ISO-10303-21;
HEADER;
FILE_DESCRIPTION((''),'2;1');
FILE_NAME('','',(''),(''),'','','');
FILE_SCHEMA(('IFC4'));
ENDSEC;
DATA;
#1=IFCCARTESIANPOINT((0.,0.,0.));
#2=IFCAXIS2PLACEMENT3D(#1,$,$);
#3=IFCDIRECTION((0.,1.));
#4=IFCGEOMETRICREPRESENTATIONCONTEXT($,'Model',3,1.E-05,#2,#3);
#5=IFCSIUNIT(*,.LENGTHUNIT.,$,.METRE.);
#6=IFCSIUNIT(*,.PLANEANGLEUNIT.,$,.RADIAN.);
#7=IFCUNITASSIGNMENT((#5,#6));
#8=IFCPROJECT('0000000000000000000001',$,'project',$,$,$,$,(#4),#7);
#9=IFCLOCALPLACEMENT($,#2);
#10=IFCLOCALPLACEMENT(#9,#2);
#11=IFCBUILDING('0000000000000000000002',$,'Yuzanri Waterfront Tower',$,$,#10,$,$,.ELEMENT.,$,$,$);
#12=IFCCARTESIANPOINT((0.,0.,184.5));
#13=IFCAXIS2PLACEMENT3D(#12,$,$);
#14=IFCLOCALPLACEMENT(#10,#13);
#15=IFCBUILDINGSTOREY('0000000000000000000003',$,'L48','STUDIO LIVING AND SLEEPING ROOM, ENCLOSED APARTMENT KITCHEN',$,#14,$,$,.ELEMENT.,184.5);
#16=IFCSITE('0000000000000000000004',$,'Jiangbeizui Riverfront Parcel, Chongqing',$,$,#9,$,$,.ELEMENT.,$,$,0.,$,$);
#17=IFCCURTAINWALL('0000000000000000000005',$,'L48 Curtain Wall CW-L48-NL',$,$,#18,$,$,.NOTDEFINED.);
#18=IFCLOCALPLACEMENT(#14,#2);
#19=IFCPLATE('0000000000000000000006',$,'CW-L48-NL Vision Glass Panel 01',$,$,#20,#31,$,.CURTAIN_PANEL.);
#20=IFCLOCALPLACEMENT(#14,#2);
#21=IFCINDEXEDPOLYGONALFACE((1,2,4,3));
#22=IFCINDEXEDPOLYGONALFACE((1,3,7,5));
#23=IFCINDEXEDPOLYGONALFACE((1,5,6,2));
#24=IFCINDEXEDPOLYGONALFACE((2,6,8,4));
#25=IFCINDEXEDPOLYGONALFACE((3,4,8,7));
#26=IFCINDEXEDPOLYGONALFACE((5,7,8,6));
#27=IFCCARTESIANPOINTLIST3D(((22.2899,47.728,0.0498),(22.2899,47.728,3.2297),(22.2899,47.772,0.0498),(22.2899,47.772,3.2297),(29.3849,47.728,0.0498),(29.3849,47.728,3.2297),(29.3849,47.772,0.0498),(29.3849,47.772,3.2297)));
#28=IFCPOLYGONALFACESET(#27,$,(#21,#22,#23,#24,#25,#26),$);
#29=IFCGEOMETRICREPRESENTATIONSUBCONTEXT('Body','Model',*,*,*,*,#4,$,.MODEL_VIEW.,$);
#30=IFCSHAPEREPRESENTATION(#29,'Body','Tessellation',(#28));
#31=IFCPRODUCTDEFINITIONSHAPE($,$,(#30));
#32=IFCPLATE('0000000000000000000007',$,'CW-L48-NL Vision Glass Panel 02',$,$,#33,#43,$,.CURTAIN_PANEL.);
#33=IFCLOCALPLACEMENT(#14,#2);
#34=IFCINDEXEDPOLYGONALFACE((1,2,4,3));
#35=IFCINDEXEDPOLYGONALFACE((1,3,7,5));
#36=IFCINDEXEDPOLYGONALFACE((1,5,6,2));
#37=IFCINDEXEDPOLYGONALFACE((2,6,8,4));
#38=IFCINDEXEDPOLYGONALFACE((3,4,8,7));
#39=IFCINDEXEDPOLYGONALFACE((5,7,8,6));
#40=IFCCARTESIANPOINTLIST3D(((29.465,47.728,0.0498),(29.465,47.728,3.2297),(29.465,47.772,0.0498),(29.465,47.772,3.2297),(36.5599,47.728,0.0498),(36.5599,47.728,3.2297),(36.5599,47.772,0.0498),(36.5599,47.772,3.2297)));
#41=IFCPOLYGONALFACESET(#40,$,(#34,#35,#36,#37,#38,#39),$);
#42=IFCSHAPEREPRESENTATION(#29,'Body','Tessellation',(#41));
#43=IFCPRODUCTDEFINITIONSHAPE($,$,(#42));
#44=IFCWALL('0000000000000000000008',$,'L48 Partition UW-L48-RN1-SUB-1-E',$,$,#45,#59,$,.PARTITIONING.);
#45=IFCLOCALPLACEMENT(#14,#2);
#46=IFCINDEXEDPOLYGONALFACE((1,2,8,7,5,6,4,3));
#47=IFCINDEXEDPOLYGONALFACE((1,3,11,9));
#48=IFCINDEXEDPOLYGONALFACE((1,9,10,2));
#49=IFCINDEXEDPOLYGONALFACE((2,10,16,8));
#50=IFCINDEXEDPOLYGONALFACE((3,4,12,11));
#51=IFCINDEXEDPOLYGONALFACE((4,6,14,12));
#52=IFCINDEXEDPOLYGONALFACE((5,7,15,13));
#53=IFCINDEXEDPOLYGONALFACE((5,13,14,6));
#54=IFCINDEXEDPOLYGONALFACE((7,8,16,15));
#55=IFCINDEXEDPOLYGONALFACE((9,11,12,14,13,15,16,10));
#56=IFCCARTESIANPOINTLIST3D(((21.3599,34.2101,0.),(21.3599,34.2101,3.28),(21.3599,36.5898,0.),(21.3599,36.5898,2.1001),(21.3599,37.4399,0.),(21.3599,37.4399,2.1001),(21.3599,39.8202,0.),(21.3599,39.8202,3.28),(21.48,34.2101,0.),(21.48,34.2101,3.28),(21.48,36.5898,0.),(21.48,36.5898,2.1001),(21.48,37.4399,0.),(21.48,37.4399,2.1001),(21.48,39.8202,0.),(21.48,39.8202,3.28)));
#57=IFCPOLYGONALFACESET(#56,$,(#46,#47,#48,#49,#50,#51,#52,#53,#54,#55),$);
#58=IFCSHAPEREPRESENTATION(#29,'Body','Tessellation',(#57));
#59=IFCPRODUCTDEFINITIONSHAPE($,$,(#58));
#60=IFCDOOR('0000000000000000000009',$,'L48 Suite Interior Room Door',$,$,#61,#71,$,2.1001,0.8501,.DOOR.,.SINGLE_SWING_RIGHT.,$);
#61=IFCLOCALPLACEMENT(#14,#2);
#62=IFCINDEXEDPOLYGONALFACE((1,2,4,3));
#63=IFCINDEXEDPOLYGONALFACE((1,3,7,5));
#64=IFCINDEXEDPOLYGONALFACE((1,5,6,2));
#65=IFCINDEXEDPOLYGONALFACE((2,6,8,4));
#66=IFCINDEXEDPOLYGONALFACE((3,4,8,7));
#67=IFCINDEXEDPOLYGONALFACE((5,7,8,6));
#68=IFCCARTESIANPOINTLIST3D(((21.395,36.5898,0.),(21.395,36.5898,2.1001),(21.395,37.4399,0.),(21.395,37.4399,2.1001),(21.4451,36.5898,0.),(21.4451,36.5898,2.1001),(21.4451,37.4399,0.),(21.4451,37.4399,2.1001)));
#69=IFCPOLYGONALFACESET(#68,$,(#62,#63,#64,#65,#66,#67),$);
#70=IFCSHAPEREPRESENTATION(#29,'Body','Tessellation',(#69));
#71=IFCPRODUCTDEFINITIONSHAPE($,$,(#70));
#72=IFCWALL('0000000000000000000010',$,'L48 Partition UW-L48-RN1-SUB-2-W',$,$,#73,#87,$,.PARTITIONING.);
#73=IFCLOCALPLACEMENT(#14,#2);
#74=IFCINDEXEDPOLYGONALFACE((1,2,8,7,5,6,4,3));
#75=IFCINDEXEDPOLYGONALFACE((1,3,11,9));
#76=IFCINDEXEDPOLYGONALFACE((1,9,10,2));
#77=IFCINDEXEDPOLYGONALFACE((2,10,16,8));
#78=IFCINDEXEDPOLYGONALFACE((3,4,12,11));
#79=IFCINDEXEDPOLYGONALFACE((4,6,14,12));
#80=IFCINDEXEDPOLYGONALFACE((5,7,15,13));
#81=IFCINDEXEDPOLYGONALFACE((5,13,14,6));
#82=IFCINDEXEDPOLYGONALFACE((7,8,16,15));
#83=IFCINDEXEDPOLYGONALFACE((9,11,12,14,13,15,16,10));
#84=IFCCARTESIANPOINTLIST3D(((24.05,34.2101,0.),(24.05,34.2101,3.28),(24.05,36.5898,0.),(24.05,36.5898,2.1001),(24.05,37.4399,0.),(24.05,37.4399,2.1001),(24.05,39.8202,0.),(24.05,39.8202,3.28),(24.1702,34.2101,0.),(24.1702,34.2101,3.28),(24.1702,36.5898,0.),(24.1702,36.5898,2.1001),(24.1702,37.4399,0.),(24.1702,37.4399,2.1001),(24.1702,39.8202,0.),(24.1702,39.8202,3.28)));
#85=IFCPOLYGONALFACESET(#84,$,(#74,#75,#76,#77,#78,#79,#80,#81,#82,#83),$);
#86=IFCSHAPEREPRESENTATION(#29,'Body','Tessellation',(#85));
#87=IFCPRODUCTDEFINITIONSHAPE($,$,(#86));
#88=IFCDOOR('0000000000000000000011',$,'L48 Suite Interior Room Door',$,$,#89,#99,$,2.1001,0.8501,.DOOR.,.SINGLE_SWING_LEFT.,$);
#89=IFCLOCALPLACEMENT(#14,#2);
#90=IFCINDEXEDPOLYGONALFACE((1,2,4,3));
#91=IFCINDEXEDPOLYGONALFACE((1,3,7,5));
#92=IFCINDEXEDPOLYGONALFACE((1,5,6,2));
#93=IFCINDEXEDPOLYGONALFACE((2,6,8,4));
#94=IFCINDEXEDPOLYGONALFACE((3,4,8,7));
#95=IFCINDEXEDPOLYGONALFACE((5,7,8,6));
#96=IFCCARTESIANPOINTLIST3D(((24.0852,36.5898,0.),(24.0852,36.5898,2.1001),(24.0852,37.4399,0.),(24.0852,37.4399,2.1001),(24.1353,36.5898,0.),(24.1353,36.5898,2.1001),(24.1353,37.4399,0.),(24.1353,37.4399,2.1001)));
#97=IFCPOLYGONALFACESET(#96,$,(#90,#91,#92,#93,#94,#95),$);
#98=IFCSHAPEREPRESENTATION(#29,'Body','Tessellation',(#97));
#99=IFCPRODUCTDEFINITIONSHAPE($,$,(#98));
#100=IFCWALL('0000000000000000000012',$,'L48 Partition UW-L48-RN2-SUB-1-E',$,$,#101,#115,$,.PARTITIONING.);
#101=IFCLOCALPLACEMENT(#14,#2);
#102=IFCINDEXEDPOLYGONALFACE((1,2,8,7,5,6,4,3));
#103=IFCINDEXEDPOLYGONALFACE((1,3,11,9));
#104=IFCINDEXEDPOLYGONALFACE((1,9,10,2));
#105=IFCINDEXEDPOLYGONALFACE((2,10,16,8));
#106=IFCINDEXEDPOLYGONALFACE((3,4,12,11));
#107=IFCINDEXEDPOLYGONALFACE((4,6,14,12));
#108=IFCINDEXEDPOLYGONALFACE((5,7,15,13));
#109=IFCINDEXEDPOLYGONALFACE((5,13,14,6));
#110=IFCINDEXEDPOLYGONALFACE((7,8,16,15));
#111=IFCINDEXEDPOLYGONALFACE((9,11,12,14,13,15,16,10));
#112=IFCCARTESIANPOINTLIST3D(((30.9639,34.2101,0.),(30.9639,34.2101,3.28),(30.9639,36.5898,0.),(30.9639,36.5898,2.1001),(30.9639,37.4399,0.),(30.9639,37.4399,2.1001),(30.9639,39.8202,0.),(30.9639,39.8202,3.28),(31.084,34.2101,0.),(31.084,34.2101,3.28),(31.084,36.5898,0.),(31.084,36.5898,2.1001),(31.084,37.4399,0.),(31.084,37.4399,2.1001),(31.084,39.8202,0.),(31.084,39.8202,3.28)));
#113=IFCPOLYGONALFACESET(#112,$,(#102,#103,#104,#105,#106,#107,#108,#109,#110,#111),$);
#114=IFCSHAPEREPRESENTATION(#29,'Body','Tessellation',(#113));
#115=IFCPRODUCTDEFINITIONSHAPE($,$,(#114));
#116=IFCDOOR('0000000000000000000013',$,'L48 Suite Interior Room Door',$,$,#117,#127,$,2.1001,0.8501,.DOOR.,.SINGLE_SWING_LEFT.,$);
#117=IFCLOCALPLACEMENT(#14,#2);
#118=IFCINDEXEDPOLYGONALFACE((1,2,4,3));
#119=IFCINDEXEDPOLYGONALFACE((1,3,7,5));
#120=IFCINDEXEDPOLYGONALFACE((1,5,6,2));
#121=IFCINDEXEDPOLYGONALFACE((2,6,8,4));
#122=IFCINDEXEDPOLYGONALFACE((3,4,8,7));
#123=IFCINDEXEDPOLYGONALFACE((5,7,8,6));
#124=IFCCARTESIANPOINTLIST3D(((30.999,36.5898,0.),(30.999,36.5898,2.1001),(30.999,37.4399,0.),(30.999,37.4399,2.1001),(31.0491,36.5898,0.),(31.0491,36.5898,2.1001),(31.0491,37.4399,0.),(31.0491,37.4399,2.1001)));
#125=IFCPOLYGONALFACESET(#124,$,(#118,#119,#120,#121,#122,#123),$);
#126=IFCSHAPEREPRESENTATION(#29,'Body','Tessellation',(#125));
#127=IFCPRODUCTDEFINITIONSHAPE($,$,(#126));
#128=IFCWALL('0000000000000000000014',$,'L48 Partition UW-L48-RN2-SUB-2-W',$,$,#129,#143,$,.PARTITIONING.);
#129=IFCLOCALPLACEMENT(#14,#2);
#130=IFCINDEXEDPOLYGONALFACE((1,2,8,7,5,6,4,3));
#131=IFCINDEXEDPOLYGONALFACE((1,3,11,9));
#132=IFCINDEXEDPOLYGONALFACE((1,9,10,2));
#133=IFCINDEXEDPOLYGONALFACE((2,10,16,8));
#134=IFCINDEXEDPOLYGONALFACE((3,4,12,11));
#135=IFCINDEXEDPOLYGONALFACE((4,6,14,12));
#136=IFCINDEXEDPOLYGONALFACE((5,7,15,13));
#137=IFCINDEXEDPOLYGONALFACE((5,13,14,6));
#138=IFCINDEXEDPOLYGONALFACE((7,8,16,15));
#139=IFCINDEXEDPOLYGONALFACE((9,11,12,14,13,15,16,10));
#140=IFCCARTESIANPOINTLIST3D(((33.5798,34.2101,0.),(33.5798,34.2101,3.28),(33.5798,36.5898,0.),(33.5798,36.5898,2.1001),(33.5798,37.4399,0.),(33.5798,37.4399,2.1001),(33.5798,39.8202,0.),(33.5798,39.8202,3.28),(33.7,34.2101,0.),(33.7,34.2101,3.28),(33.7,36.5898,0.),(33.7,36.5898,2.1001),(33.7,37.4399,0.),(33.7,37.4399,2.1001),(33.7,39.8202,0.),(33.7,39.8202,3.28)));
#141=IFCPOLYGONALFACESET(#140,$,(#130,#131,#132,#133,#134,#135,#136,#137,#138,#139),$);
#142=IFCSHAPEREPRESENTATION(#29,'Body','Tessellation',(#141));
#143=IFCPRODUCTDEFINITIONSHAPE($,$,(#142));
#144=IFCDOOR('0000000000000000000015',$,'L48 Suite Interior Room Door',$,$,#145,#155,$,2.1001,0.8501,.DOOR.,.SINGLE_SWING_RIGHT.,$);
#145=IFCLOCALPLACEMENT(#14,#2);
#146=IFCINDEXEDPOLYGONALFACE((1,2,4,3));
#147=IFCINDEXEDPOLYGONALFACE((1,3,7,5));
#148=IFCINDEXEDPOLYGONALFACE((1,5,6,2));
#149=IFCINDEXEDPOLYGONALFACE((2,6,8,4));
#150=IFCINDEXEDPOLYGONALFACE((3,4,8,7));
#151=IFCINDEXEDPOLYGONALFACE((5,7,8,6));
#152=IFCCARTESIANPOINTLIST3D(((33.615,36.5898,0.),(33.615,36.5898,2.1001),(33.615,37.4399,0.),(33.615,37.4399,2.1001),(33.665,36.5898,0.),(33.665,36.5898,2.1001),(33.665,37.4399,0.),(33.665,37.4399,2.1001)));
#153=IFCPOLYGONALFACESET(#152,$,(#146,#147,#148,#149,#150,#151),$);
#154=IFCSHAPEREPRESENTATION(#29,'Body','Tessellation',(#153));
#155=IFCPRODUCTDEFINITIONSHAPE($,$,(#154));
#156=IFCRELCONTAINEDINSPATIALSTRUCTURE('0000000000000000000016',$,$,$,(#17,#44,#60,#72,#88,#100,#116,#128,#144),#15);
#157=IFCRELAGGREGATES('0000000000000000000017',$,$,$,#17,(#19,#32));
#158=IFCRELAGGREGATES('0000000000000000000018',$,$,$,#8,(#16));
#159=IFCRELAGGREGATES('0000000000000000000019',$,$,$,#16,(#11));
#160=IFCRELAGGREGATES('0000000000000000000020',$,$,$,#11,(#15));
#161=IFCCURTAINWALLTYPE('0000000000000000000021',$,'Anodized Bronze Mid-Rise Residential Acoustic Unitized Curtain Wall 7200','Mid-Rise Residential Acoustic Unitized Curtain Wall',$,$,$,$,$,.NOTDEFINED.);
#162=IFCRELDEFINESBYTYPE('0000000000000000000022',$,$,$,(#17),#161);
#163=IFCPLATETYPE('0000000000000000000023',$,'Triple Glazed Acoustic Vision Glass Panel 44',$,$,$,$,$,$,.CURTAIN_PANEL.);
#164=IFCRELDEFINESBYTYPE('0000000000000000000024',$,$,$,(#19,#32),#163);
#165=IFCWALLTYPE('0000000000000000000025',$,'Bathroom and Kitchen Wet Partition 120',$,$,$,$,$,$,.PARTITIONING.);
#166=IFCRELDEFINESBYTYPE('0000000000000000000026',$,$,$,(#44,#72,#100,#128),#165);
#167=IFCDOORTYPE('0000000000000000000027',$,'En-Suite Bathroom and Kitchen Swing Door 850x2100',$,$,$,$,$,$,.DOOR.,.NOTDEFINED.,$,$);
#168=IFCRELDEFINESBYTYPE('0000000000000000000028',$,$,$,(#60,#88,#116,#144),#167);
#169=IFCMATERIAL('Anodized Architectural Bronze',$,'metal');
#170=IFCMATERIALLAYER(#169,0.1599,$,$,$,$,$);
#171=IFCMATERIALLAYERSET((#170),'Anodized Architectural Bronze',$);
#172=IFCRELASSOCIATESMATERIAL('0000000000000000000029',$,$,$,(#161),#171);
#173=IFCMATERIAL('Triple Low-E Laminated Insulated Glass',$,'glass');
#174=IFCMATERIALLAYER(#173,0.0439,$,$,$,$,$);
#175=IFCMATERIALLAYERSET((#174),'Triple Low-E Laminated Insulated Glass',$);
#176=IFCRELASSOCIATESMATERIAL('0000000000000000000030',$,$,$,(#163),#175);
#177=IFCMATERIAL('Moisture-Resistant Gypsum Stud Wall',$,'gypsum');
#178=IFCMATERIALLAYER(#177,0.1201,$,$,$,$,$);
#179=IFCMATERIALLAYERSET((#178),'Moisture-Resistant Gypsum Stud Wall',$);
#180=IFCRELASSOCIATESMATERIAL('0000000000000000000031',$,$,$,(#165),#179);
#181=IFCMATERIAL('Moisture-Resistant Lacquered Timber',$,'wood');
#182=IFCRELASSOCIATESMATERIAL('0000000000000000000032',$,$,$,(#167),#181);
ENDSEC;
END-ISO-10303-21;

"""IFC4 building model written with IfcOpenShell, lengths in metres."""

from ifc_helpers import new_model, si_unit, direction, frame, frame_2d, origin, origin_2d, place, context, subcontext, project, spatial, rectangle, extrude, source, transform, mapped, material, layer, layer_set, type_object, element, fill, aggregate, save


model = new_model("IFC4")

# Units and contexts
model_context = context("Model", 3, precision=1e-05, world=origin(), true_north=direction((0.0, 1.0)))
body_context = subcontext(model_context, "Body", "Model", "MODEL_VIEW")
ifc_project = project(units=[si_unit("LENGTHUNIT", "METRE"), si_unit("PLANEANGLEUNIT", "RADIAN")], contexts=[model_context])

# Site, building, storey
site_placement = place(None, origin())
site = spatial("IfcSite", under=ifc_project, at=site_placement, Name="Jiangbeizui Riverfront Parcel, Chongqing", CompositionType="ELEMENT", RefElevation=0.0)
building_placement = place(site_placement, origin())
building = spatial("IfcBuilding", under=site, at=building_placement, Name="Yuzanri Waterfront Tower", CompositionType="ELEMENT")
storey_placement = place(building_placement, frame((0.0, 0.0, 184.5)))
storey = spatial("IfcBuildingStorey", under=building, at=storey_placement, Name="L48", Description="STUDIO LIVING AND SLEEPING ROOM, ENCLOSED APARTMENT KITCHEN", CompositionType="ELEMENT", Elevation=184.5)

# Curtain wall, plates
ifc_material_1 = material(Name="Anodized Architectural Bronze", Category="metal")
ifc_layer_1 = layer(ifc_material_1, 0.1599)
ifc_layer_set_1 = layer_set([ifc_layer_1], Name="Anodized Architectural Bronze")
curtain_wall_type = type_object("IfcCurtainWallType", Name="Anodized Bronze Mid-Rise Residential Acoustic Unitized Curtain Wall 7200", Description="Mid-Rise Residential Acoustic Unitized Curtain Wall", PredefinedType="NOTDEFINED", material=ifc_layer_set_1)
curtain_wall_placement = place(storey_placement, origin())
curtain_wall = element("IfcCurtainWall", 1, at=curtain_wall_placement, inside=storey, type_object=curtain_wall_type, Name="L48 Curtain Wall CW-L48-NL", PredefinedType="NOTDEFINED")
ifc_material_2 = material(Name="Triple Low-E Laminated Insulated Glass", Category="glass")
ifc_layer_2 = layer(ifc_material_2, 0.0439)
ifc_layer_set_2 = layer_set([ifc_layer_2], Name="Triple Low-E Laminated Insulated Glass")
plate_type = type_object("IfcPlateType", Name="Triple Glazed Acoustic Vision Glass Panel 44", PredefinedType="CURTAIN_PANEL", material=ifc_layer_set_2)
shared_shape_1 = source(origin(), body_context, "Body", "SweptSolid", [
    extrude(rectangle(XDim=7.095, YDim=0.0439, at=origin_2d()), origin(), (0.0, 0.0, 1.0), 3.1799),
])
plate_1_placement = place(storey_placement, frame((25.8374, 47.75, 0.0498), z_axis=(0.0, 0.0, 1.0), x_axis=(1.0, 0.0, 0.0)))
plate_1 = element("IfcPlate", 2, at=plate_1_placement, type_object=plate_type, Name="CW-L48-NL Vision Glass Panel 01", PredefinedType="CURTAIN_PANEL", context=body_context, shape_type="MappedRepresentation", body=[
    mapped(shared_shape_1, transform((0.0, 0.0, 0.0), scale=1.0)),
])
plate_2_placement = place(storey_placement, frame((33.0125, 47.75, 0.0498), z_axis=(0.0, 0.0, 1.0), x_axis=(1.0, 0.0, 0.0)))
plate_2 = element("IfcPlate", 3, at=plate_2_placement, type_object=plate_type, Name="CW-L48-NL Vision Glass Panel 02", PredefinedType="CURTAIN_PANEL", context=body_context, shape_type="MappedRepresentation", body=[
    mapped(shared_shape_1, transform((0.0, 0.0, 0.0), scale=1.0)),
])
aggregate(curtain_wall, [plate_1, plate_2])

# Walls, openings, doors
ifc_material_3 = material(Name="Moisture-Resistant Gypsum Stud Wall", Category="gypsum")
ifc_layer_3 = layer(ifc_material_3, 0.1201)
ifc_layer_set_3 = layer_set([ifc_layer_3], Name="Moisture-Resistant Gypsum Stud Wall")
wall_type_1 = type_object("IfcWallType", Name="Bathroom and Kitchen Wet Partition 120", PredefinedType="PARTITIONING", material=ifc_layer_set_3)
wall_1_placement = place(storey_placement, frame((21.4199, 34.21, 0.0), z_axis=(0.0, 0.0, 1.0), x_axis=(0.0, 1.0, 0.0)))
wall_1 = element("IfcWall", 4, at=wall_1_placement, inside=storey, type_object=wall_type_1, Name="L48 Partition UW-L48-RN1-SUB-1-E", PredefinedType="PARTITIONING", context=body_context, shape_type="SweptSolid", body=[
    extrude(rectangle(XDim=5.6101, YDim=0.1201, at=frame_2d((2.8052, 0.0))), origin(), (0.0, 0.0, 1.0), 3.28),
])
opening_1_placement = place(wall_1_placement, frame((2.3799, 0.0, 0.0)))
opening_1 = element("IfcOpeningElement", 5, at=opening_1_placement, cuts=wall_1, PredefinedType="OPENING", context=body_context, shape_type="SweptSolid", body=[
    extrude(rectangle(XDim=0.8501, YDim=2.1001, at=frame_2d((0.425, 1.05))), frame((0.0, 0.075, 0.0), z_axis=(0.0, -1.0, 0.0), x_axis=(1.0, 0.0, 0.0)), (0.0, 0.0, 1.0), 0.1499),
])
ifc_material_4 = material(Name="Moisture-Resistant Lacquered Timber", Category="wood")
door_type_1 = type_object("IfcDoorType", Name="En-Suite Bathroom and Kitchen Swing Door 850x2100", OperationType="NOTDEFINED", PredefinedType="DOOR", material=ifc_material_4)
shared_shape_2 = source(origin(), body_context, "Body", "SweptSolid", [
    extrude(rectangle(XDim=0.8501, YDim=2.1001, at=frame_2d((0.425, 1.05))), frame((0.0, 0.0249, 0.0), z_axis=(0.0, -1.0, 0.0), x_axis=(1.0, 0.0, 0.0)), (0.0, 0.0, 1.0), 0.05),
])
door_1_placement = place(opening_1_placement, origin())
door_1 = element("IfcDoor", 6, at=door_1_placement, inside=storey, type_object=door_type_1, Name="L48 Suite Interior Room Door", OperationType="SINGLE_SWING_RIGHT", OverallHeight=2.1001, OverallWidth=0.8501, PredefinedType="DOOR", context=body_context, shape_type="MappedRepresentation", body=[
    mapped(shared_shape_2, transform((0.0, 0.0, 0.0), scale=1.0)),
])
fill(opening_1, door_1)
wall_2_placement = place(storey_placement, frame((24.1101, 34.21, 0.0), z_axis=(0.0, 0.0, 1.0), x_axis=(0.0, 1.0, 0.0)))
wall_2 = element("IfcWall", 7, at=wall_2_placement, inside=storey, type_object=wall_type_1, Name="L48 Partition UW-L48-RN1-SUB-2-W", PredefinedType="PARTITIONING", context=body_context, shape_type="SweptSolid", body=[
    extrude(rectangle(XDim=5.6101, YDim=0.1201, at=frame_2d((2.8052, 0.0))), origin(), (0.0, 0.0, 1.0), 3.28),
])
opening_2_placement = place(wall_2_placement, frame((2.3799, 0.0, 0.0)))
opening_2 = element("IfcOpeningElement", 8, at=opening_2_placement, cuts=wall_2, PredefinedType="OPENING", context=body_context, shape_type="SweptSolid", body=[
    extrude(rectangle(XDim=0.8501, YDim=2.1001, at=frame_2d((0.425, 1.05))), frame((0.0, 0.075, 0.0), z_axis=(0.0, -1.0, 0.0), x_axis=(1.0, 0.0, 0.0)), (0.0, 0.0, 1.0), 0.1499),
])
door_2_placement = place(opening_2_placement, origin())
door_2 = element("IfcDoor", 9, at=door_2_placement, inside=storey, type_object=door_type_1, Name="L48 Suite Interior Room Door", OperationType="SINGLE_SWING_LEFT", OverallHeight=2.1001, OverallWidth=0.8501, PredefinedType="DOOR", context=body_context, shape_type="MappedRepresentation", body=[
    mapped(shared_shape_2, transform((0.0, 0.0, 0.0), scale=1.0)),
])
fill(opening_2, door_2)
wall_3_placement = place(storey_placement, frame((31.0239, 34.21, 0.0), z_axis=(0.0, 0.0, 1.0), x_axis=(0.0, 1.0, 0.0)))
wall_3 = element("IfcWall", 10, at=wall_3_placement, inside=storey, type_object=wall_type_1, Name="L48 Partition UW-L48-RN2-SUB-1-E", PredefinedType="PARTITIONING", context=body_context, shape_type="SweptSolid", body=[
    extrude(rectangle(XDim=5.6101, YDim=0.1201, at=frame_2d((2.8052, 0.0))), origin(), (0.0, 0.0, 1.0), 3.28),
])
opening_3_placement = place(wall_3_placement, frame((2.3799, 0.0, 0.0)))
opening_3 = element("IfcOpeningElement", 11, at=opening_3_placement, cuts=wall_3, PredefinedType="OPENING", context=body_context, shape_type="SweptSolid", body=[
    extrude(rectangle(XDim=0.8501, YDim=2.1001, at=frame_2d((0.425, 1.05))), frame((0.0, 0.075, 0.0), z_axis=(0.0, -1.0, 0.0), x_axis=(1.0, 0.0, 0.0)), (0.0, 0.0, 1.0), 0.1499),
])
door_3_placement = place(opening_3_placement, origin())
door_3 = element("IfcDoor", 12, at=door_3_placement, inside=storey, type_object=door_type_1, Name="L48 Suite Interior Room Door", OperationType="SINGLE_SWING_LEFT", OverallHeight=2.1001, OverallWidth=0.8501, PredefinedType="DOOR", context=body_context, shape_type="MappedRepresentation", body=[
    mapped(shared_shape_2, transform((0.0, 0.0, 0.0), scale=1.0)),
])
fill(opening_3, door_3)
wall_4_placement = place(storey_placement, frame((33.6399, 34.21, 0.0), z_axis=(0.0, 0.0, 1.0), x_axis=(0.0, 1.0, 0.0)))
wall_4 = element("IfcWall", 13, at=wall_4_placement, inside=storey, type_object=wall_type_1, Name="L48 Partition UW-L48-RN2-SUB-2-W", PredefinedType="PARTITIONING", context=body_context, shape_type="SweptSolid", body=[
    extrude(rectangle(XDim=5.6101, YDim=0.1201, at=frame_2d((2.8052, 0.0))), origin(), (0.0, 0.0, 1.0), 3.28),
])
opening_4_placement = place(wall_4_placement, frame((2.3799, 0.0, 0.0)))
opening_4 = element("IfcOpeningElement", 14, at=opening_4_placement, cuts=wall_4, PredefinedType="OPENING", context=body_context, shape_type="SweptSolid", body=[
    extrude(rectangle(XDim=0.8501, YDim=2.1001, at=frame_2d((0.425, 1.05))), frame((0.0, 0.075, 0.0), z_axis=(0.0, -1.0, 0.0), x_axis=(1.0, 0.0, 0.0)), (0.0, 0.0, 1.0), 0.1499),
])
door_4_placement = place(opening_4_placement, origin())
door_4 = element("IfcDoor", 15, at=door_4_placement, inside=storey, type_object=door_type_1, Name="L48 Suite Interior Room Door", OperationType="SINGLE_SWING_RIGHT", OverallHeight=2.1001, OverallWidth=0.8501, PredefinedType="DOOR", context=body_context, shape_type="MappedRepresentation", body=[
    mapped(shared_shape_2, transform((0.0, 0.0, 0.0), scale=1.0)),
])
fill(opening_4, door_4)

save(model, "model.ifc")
